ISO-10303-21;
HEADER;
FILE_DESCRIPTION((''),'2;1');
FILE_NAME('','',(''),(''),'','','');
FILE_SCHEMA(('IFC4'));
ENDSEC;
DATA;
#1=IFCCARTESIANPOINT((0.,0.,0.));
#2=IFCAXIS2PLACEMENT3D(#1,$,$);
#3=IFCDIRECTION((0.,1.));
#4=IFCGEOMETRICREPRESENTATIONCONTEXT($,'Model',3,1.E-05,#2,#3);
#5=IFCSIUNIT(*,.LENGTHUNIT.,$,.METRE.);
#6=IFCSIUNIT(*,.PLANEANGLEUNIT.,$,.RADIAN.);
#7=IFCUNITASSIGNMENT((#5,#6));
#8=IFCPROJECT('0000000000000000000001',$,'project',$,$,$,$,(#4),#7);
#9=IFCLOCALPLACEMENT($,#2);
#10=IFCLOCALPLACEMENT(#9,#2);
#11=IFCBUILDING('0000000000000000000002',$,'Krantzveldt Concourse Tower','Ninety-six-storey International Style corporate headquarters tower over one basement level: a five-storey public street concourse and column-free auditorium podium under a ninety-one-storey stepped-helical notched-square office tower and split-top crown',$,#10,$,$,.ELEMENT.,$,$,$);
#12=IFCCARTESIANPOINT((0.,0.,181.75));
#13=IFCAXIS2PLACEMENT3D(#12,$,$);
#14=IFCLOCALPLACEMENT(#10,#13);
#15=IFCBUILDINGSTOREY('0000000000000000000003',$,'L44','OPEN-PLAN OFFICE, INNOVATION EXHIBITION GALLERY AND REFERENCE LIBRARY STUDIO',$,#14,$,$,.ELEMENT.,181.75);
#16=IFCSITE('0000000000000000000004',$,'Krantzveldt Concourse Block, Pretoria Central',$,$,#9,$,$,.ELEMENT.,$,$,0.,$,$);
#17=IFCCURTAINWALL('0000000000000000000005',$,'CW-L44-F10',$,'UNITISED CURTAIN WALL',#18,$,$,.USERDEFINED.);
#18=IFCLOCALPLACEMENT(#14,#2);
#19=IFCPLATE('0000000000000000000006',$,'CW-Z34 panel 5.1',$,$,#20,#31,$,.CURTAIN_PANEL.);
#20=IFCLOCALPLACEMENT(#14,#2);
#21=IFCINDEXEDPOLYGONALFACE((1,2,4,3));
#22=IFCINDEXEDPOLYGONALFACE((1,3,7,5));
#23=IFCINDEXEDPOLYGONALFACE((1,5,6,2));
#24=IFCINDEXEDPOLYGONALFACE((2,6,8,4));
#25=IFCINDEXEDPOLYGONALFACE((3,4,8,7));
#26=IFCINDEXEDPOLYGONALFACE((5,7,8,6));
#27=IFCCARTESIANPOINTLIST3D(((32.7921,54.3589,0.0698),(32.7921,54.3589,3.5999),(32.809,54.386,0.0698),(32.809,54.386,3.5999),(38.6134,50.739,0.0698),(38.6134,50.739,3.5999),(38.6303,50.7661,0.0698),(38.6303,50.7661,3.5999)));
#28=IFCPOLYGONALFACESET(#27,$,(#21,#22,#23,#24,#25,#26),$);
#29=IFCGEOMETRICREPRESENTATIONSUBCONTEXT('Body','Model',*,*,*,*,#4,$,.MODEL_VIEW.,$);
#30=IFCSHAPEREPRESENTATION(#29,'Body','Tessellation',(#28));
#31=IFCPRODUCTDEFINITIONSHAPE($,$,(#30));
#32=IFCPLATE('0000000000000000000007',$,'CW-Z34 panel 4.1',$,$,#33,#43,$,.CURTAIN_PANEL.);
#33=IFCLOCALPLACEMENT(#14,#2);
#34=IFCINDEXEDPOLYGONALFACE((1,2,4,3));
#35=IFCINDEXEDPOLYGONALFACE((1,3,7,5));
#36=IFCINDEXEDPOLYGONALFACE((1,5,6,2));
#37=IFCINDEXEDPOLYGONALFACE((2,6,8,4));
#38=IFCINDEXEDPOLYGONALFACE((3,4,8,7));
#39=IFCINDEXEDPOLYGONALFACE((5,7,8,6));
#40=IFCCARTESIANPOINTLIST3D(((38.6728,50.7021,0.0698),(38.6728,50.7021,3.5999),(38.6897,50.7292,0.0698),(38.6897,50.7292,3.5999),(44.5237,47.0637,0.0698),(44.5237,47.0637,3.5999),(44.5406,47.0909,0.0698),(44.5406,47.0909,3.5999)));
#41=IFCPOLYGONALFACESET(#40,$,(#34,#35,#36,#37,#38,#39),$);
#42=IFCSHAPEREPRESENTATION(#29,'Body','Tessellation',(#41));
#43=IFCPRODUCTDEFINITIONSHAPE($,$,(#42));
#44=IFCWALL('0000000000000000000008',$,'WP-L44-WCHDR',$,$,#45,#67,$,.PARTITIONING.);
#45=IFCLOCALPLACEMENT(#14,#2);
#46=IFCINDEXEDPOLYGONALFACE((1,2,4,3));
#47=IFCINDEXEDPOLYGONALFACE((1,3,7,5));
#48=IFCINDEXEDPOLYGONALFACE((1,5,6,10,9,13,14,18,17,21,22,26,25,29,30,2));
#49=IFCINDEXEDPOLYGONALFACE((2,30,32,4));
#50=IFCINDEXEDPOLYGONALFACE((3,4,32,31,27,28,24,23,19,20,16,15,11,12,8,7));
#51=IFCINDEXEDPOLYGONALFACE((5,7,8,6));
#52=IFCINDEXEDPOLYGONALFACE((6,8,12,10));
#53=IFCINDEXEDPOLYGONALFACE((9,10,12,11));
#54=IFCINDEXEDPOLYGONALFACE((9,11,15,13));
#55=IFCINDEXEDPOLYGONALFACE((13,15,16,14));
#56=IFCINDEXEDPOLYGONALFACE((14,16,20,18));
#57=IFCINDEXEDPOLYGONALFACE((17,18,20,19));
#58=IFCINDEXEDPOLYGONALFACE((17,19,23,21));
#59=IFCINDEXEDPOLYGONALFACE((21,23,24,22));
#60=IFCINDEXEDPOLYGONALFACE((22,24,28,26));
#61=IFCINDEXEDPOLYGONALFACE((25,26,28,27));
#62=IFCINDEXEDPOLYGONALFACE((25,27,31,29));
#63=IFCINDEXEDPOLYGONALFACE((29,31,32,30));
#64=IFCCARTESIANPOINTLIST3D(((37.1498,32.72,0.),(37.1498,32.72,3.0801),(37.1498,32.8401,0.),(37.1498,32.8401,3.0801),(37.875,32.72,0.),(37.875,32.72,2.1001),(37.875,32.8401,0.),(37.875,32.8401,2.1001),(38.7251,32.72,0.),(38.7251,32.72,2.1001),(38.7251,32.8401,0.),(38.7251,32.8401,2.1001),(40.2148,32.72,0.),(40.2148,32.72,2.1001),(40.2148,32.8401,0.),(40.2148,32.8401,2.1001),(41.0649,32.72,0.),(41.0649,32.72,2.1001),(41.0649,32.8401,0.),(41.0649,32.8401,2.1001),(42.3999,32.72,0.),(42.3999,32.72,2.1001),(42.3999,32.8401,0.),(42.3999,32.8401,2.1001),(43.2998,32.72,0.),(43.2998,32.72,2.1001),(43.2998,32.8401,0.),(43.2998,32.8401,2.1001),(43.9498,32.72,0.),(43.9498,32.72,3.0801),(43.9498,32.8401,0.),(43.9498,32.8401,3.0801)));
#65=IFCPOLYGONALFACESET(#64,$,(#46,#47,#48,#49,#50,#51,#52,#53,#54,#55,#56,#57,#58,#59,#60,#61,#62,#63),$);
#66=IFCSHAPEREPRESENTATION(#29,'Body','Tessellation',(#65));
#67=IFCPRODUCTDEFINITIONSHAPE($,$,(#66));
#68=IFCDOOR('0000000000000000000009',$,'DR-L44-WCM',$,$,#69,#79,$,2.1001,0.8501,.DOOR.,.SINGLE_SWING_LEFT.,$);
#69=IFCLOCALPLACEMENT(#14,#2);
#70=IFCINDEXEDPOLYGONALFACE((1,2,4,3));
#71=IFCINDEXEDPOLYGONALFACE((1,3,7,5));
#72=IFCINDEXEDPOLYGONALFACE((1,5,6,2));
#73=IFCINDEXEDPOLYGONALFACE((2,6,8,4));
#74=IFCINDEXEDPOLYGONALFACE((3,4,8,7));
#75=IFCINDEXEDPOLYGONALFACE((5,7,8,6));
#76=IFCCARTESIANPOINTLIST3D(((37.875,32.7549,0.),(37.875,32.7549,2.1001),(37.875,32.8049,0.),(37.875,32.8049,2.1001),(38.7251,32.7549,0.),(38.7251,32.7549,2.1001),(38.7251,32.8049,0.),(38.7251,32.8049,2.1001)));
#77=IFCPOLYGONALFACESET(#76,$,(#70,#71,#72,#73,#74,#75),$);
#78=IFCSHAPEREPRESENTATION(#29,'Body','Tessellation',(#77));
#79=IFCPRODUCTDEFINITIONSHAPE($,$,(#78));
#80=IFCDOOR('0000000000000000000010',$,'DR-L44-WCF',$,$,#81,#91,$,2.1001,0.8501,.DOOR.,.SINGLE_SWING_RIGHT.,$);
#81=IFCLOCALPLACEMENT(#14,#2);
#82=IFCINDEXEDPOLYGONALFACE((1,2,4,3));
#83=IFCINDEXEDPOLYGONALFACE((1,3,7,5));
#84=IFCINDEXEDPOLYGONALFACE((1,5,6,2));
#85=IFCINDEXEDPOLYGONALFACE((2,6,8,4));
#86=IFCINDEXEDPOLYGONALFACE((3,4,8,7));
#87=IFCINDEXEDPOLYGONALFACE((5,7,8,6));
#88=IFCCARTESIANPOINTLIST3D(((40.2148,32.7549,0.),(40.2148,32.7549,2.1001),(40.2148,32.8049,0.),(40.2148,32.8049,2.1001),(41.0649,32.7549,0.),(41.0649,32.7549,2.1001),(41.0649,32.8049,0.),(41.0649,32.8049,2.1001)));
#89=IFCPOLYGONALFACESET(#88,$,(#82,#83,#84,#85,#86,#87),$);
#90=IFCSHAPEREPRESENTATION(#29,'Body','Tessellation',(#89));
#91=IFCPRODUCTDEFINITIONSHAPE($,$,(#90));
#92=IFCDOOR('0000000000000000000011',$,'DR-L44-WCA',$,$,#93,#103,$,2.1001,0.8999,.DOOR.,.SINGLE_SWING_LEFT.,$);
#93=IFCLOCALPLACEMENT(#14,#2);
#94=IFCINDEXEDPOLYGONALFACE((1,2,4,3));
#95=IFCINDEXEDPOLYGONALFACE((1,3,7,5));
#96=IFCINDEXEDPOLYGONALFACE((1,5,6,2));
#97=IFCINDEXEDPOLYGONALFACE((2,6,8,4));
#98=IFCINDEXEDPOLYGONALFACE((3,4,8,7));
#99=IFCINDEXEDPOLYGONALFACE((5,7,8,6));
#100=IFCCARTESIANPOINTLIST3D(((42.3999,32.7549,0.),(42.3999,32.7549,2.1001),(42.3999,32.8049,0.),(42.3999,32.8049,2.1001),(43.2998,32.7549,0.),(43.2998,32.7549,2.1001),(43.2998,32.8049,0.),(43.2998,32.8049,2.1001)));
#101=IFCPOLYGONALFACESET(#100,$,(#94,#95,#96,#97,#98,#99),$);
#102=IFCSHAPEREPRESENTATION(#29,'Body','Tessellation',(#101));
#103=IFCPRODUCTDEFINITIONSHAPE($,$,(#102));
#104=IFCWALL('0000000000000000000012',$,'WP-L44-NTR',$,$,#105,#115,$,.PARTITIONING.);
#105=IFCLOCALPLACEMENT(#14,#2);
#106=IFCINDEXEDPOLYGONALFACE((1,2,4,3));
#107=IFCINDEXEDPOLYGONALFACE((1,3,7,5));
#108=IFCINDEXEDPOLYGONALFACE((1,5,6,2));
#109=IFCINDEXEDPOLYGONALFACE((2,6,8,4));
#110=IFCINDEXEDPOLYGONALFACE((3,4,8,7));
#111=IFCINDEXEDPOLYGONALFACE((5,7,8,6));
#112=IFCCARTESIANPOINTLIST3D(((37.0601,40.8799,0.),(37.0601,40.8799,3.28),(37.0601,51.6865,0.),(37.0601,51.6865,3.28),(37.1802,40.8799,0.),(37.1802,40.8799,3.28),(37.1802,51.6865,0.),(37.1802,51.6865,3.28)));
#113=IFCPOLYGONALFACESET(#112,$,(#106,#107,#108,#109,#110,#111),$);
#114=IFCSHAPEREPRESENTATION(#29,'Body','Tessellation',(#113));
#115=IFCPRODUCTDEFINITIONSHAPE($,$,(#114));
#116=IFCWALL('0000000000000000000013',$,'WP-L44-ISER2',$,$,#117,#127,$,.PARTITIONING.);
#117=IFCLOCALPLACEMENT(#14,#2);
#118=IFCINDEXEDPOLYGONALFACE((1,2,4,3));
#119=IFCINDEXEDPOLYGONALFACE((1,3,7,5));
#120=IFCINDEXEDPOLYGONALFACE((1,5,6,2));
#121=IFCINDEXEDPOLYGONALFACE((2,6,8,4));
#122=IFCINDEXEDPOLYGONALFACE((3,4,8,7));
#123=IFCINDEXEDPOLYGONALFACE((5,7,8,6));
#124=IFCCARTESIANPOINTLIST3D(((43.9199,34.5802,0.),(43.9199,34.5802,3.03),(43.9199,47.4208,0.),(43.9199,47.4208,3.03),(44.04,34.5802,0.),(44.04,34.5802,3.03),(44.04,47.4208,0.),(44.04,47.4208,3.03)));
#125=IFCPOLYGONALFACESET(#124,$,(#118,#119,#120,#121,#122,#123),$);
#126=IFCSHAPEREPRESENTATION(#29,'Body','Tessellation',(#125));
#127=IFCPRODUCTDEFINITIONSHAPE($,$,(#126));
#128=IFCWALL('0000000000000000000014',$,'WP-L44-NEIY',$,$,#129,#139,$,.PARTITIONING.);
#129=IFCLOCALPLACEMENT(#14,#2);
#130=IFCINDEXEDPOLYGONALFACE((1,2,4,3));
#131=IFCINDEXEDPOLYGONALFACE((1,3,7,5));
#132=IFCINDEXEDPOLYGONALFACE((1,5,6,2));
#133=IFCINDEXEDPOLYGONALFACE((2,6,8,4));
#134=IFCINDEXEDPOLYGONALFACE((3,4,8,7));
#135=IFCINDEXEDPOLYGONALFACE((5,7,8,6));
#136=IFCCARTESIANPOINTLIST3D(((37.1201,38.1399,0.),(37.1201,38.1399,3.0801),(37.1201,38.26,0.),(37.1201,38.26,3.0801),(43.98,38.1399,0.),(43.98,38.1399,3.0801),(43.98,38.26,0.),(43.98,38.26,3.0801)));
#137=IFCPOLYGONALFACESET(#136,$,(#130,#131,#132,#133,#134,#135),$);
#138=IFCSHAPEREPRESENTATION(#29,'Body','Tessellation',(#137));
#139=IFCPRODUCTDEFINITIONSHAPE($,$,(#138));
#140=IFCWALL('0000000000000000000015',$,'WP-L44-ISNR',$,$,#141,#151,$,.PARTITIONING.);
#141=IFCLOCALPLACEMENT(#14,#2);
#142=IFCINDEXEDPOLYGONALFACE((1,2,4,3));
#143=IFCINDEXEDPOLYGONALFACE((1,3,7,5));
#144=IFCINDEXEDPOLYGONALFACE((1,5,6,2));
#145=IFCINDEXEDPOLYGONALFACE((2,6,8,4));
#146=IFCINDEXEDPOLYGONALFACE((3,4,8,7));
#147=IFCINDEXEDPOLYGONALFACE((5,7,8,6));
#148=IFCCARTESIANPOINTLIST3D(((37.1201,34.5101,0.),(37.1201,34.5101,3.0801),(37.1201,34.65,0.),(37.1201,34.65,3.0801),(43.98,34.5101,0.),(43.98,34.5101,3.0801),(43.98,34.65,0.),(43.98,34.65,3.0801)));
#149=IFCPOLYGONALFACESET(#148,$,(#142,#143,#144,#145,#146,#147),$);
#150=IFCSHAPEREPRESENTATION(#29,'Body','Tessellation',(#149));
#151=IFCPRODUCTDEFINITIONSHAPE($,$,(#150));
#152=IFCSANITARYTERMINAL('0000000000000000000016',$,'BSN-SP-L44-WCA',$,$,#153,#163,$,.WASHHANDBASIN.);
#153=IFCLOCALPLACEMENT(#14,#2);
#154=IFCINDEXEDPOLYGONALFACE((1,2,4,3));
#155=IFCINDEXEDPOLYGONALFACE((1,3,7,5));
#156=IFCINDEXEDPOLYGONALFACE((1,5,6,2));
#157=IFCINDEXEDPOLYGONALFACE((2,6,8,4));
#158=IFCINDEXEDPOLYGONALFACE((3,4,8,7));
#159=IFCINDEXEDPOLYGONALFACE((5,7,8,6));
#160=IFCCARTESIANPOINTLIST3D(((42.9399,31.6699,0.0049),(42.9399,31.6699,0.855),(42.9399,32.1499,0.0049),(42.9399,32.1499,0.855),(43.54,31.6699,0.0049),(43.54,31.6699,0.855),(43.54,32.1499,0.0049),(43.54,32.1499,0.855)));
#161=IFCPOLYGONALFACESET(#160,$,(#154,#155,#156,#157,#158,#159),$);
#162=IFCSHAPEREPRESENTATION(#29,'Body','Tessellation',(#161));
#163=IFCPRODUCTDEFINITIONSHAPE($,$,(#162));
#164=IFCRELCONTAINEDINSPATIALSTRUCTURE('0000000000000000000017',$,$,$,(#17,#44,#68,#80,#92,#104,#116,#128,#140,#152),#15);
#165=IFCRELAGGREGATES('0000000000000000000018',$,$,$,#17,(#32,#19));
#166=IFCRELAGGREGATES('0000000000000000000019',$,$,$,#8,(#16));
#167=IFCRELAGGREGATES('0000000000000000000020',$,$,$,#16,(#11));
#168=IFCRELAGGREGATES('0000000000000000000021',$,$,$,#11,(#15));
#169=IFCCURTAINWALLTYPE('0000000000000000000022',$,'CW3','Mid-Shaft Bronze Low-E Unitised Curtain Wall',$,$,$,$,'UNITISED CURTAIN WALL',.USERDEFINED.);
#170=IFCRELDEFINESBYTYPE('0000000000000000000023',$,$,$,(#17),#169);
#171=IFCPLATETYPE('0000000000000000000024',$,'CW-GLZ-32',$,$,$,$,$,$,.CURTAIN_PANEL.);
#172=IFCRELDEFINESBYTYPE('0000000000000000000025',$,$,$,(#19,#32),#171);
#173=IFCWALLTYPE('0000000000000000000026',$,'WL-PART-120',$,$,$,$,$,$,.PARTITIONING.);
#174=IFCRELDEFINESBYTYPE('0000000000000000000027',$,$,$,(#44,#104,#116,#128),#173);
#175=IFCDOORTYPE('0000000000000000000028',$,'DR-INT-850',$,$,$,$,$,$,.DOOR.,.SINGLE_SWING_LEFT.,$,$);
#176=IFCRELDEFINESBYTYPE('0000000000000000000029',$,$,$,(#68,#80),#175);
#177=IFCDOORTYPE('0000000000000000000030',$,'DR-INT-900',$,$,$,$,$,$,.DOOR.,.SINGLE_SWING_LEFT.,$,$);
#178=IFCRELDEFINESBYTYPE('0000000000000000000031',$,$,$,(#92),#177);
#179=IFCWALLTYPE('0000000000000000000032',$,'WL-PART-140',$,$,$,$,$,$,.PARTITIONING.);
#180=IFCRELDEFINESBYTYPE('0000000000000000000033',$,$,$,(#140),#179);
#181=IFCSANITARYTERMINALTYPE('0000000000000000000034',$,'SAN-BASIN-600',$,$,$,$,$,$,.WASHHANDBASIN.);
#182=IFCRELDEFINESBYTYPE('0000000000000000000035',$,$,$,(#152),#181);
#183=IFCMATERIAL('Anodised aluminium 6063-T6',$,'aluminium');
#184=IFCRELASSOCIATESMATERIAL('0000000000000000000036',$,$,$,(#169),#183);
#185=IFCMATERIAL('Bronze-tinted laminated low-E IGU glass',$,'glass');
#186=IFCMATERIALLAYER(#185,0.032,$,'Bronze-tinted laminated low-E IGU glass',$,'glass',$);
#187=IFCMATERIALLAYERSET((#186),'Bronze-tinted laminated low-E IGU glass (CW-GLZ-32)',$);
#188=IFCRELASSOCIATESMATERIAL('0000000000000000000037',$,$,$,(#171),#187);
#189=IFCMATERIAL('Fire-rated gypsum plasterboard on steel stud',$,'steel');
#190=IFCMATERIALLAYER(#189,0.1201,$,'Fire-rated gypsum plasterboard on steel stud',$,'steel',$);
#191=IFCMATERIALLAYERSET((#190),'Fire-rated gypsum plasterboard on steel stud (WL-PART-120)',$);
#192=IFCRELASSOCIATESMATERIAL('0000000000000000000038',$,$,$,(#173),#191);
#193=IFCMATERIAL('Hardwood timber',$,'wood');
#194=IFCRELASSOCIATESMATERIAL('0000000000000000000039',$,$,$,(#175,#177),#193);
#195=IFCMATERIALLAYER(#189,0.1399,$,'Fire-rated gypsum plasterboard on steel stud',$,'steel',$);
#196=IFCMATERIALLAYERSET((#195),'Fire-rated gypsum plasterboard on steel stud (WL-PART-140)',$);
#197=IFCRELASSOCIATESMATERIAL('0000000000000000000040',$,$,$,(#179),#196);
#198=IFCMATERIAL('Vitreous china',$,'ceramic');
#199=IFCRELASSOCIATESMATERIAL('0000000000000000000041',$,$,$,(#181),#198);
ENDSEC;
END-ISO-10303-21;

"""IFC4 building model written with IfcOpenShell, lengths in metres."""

from ifc_helpers import new_model, si_unit, direction, frame, frame_2d, origin, origin_2d, place, context, subcontext, project, spatial, rectangle, extrude, source, transform, mapped, material, layer, layer_set, type_object, type_shapes, element, fill, aggregate, save


model = new_model("IFC4")

# Units and contexts
model_context = context("Model", 3, precision=1e-05, world=origin(), true_north=direction((0.0, 1.0)))
body_context = subcontext(model_context, "Body", "Model", "MODEL_VIEW")
ifc_project = project(units=[si_unit("LENGTHUNIT", "METRE"), si_unit("PLANEANGLEUNIT", "RADIAN")], contexts=[model_context])

# Site, building, storey
site_placement = place(None, origin())
site = spatial("IfcSite", under=ifc_project, at=site_placement, Name="Krantzveldt Concourse Block, Pretoria Central", CompositionType="ELEMENT", RefElevation=0.0)
building_placement = place(site_placement, origin())
building = spatial("IfcBuilding", under=site, at=building_placement, Name="Krantzveldt Concourse Tower", Description="Ninety-six-storey International Style corporate headquarters tower over one basement level: a five-storey public street concourse and column-free auditorium podium under a ninety-one-storey stepped-helical notched-square office tower and split-top crown", CompositionType="ELEMENT")
storey_placement = place(building_placement, frame((0.0, 0.0, 181.75)))
storey = spatial("IfcBuildingStorey", under=building, at=storey_placement, Name="L44", Description="OPEN-PLAN OFFICE, INNOVATION EXHIBITION GALLERY AND REFERENCE LIBRARY STUDIO", CompositionType="ELEMENT", Elevation=181.75)

# Curtain wall, plates
ifc_material_1 = material(Name="Anodised aluminium 6063-T6", Category="aluminium")
curtain_wall_type = type_object("IfcCurtainWallType", Name="CW3", Description="Mid-Shaft Bronze Low-E Unitised Curtain Wall", ElementType="UNITISED CURTAIN WALL", PredefinedType="USERDEFINED", material=ifc_material_1)
curtain_wall_placement = place(storey_placement, origin())
curtain_wall = element("IfcCurtainWall", 1, at=curtain_wall_placement, inside=storey, type_object=curtain_wall_type, Name="CW-L44-F10", ObjectType="UNITISED CURTAIN WALL", PredefinedType="USERDEFINED")
ifc_material_2 = material(Name="Bronze-tinted laminated low-E IGU glass", Category="glass")
ifc_layer_1 = layer(ifc_material_2, 0.032, Name="Bronze-tinted laminated low-E IGU glass", Category="glass")
ifc_layer_set_1 = layer_set([ifc_layer_1], Name="Bronze-tinted laminated low-E IGU glass (CW-GLZ-32)")
plate_type = type_object("IfcPlateType", Name="CW-GLZ-32", PredefinedType="CURTAIN_PANEL", material=ifc_layer_set_1)
shared_shape_1 = source(origin(), body_context, "Body", "SweptSolid", [
    extrude(rectangle(XDim=6.855, YDim=0.032, at=origin_2d()), origin(), (0.0, 0.0, 1.0), 3.53),
])
plate_1_placement = place(storey_placement, frame((35.7112, 52.5625, 0.0698), z_axis=(0.0, 0.0, 1.0), x_axis=(-0.849202, 0.528068, 0.0)))
plate_1 = element("IfcPlate", 2, at=plate_1_placement, type_object=plate_type, Name="CW-Z34 panel 5.1", PredefinedType="CURTAIN_PANEL", context=body_context, shape_type="MappedRepresentation", body=[
    mapped(shared_shape_1, transform((0.0, 0.0, 0.0), x_axis=(1.0, 0.0, 0.0), y_axis=(0.0, 1.0, 0.0), z_axis=(0.0, 0.0, 1.0), scale=1.0)),
])
shared_shape_2 = source(origin(), body_context, "Body", "SweptSolid", [
    extrude(rectangle(XDim=6.8899, YDim=0.032, at=origin_2d()), origin(), (0.0, 0.0, 1.0), 3.53),
])
type_shapes(plate_type, [shared_shape_1, shared_shape_2])
plate_2_placement = place(storey_placement, frame((41.6067, 48.8965, 0.0698), z_axis=(0.0, 0.0, 1.0), x_axis=(-0.849202, 0.528068, 0.0)))
plate_2 = element("IfcPlate", 3, at=plate_2_placement, type_object=plate_type, Name="CW-Z34 panel 4.1", PredefinedType="CURTAIN_PANEL", context=body_context, shape_type="MappedRepresentation", body=[
    mapped(shared_shape_2, transform((0.0, 0.0, 0.0), x_axis=(1.0, 0.0, 0.0), y_axis=(0.0, 1.0, 0.0), z_axis=(0.0, 0.0, 1.0), scale=1.0)),
])
aggregate(curtain_wall, [plate_2, plate_1])

# Wall, openings, doors
ifc_material_3 = material(Name="Fire-rated gypsum plasterboard on steel stud", Category="steel")
ifc_layer_2 = layer(ifc_material_3, 0.1201, Name="Fire-rated gypsum plasterboard on steel stud", Category="steel")
ifc_layer_set_2 = layer_set([ifc_layer_2], Name="Fire-rated gypsum plasterboard on steel stud (WL-PART-120)")
wall_type_1 = type_object("IfcWallType", Name="WL-PART-120", PredefinedType="PARTITIONING", material=ifc_layer_set_2)
wall_1_placement = place(storey_placement, frame((37.1499, 32.78, 0.0), z_axis=(0.0, 0.0, 1.0), x_axis=(1.0, 0.0, 0.0)))
wall_1 = element("IfcWall", 4, at=wall_1_placement, inside=storey, type_object=wall_type_1, Name="WP-L44-WCHDR", PredefinedType="PARTITIONING", context=body_context, shape_type="SweptSolid", body=[
    extrude(rectangle(XDim=6.8, YDim=0.1201, at=frame_2d((3.3999, 0.0))), origin(), (0.0, 0.0, 1.0), 3.0801),
])
opening_1_placement = place(wall_1_placement, frame((0.7251, 0.0, 0.0)))
opening_1 = element("IfcOpeningElement", 5, at=opening_1_placement, cuts=wall_1, PredefinedType="OPENING", context=body_context, shape_type="SweptSolid", body=[
    extrude(rectangle(XDim=0.8501, YDim=2.1001, at=frame_2d((0.425, 1.05))), frame((0.0, 0.0701, 0.0), z_axis=(0.0, -1.0, 0.0), x_axis=(1.0, 0.0, 0.0)), (0.0, 0.0, 1.0), 0.1401),
])
opening_2_placement = place(wall_1_placement, frame((3.0649, 0.0, 0.0)))
opening_2 = element("IfcOpeningElement", 6, at=opening_2_placement, cuts=wall_1, PredefinedType="OPENING", context=body_context, shape_type="SweptSolid", body=[
    extrude(rectangle(XDim=0.8501, YDim=2.1001, at=frame_2d((0.425, 1.05))), frame((0.0, 0.0701, 0.0), z_axis=(0.0, -1.0, 0.0), x_axis=(1.0, 0.0, 0.0)), (0.0, 0.0, 1.0), 0.1401),
])
opening_3_placement = place(wall_1_placement, frame((5.25, 0.0, 0.0)))
opening_3 = element("IfcOpeningElement", 7, at=opening_3_placement, cuts=wall_1, PredefinedType="OPENING", context=body_context, shape_type="SweptSolid", body=[
    extrude(rectangle(XDim=0.8999, YDim=2.1001, at=frame_2d((0.45, 1.05))), frame((0.0, 0.0701, 0.0), z_axis=(0.0, -1.0, 0.0), x_axis=(1.0, 0.0, 0.0)), (0.0, 0.0, 1.0), 0.1401),
])
ifc_material_4 = material(Name="Hardwood timber", Category="wood")
door_type_1 = type_object("IfcDoorType", Name="DR-INT-850", OperationType="SINGLE_SWING_LEFT", PredefinedType="DOOR", material=ifc_material_4)
door_1_placement = place(opening_1_placement, origin())
door_1 = element("IfcDoor", 8, at=door_1_placement, inside=storey, type_object=door_type_1, Name="DR-L44-WCM", OperationType="SINGLE_SWING_LEFT", OverallHeight=2.1001, OverallWidth=0.8501, PredefinedType="DOOR", context=body_context, shape_type="SweptSolid", body=[
    extrude(rectangle(XDim=0.8501, YDim=2.1001, at=frame_2d((0.425, 1.05))), frame((0.0, 0.0249, 0.0), z_axis=(0.0, -1.0, 0.0), x_axis=(1.0, 0.0, 0.0)), (0.0, 0.0, 1.0), 0.05),
])
fill(opening_1, door_1)
door_2_placement = place(opening_2_placement, origin())
door_2 = element("IfcDoor", 9, at=door_2_placement, inside=storey, type_object=door_type_1, Name="DR-L44-WCF", OperationType="SINGLE_SWING_RIGHT", OverallHeight=2.1001, OverallWidth=0.8501, PredefinedType="DOOR", context=body_context, shape_type="SweptSolid", body=[
    extrude(rectangle(XDim=0.8501, YDim=2.1001, at=frame_2d((0.425, 1.05))), frame((0.0, 0.0249, 0.0), z_axis=(0.0, -1.0, 0.0), x_axis=(1.0, 0.0, 0.0)), (0.0, 0.0, 1.0), 0.05),
])
fill(opening_2, door_2)
door_type_2 = type_object("IfcDoorType", Name="DR-INT-900", OperationType="SINGLE_SWING_LEFT", PredefinedType="DOOR", material=ifc_material_4)
door_3_placement = place(opening_3_placement, origin())
door_3 = element("IfcDoor", 10, at=door_3_placement, inside=storey, type_object=door_type_2, Name="DR-L44-WCA", OperationType="SINGLE_SWING_LEFT", OverallHeight=2.1001, OverallWidth=0.8999, PredefinedType="DOOR", context=body_context, shape_type="SweptSolid", body=[
    extrude(rectangle(XDim=0.8999, YDim=2.1001, at=frame_2d((0.45, 1.05))), frame((0.0, 0.0249, 0.0), z_axis=(0.0, -1.0, 0.0), x_axis=(1.0, 0.0, 0.0)), (0.0, 0.0, 1.0), 0.05),
])
fill(opening_3, door_3)

# Walls
wall_2_placement = place(storey_placement, frame((37.1201, 40.8799, 0.0), z_axis=(0.0, 0.0, 1.0), x_axis=(0.0, 1.0, 0.0)))
element("IfcWall", 11, at=wall_2_placement, inside=storey, type_object=wall_type_1, Name="WP-L44-NTR", PredefinedType="PARTITIONING", context=body_context, shape_type="SweptSolid", body=[
    extrude(rectangle(XDim=10.8066, YDim=0.1201, at=frame_2d((5.4033, 0.0))), origin(), (0.0, 0.0, 1.0), 3.28),
])
wall_3_placement = place(storey_placement, frame((43.98, 34.5801, 0.0), z_axis=(0.0, 0.0, 1.0), x_axis=(0.0, 1.0, 0.0)))
element("IfcWall", 12, at=wall_3_placement, inside=storey, type_object=wall_type_1, Name="WP-L44-ISER2", PredefinedType="PARTITIONING", context=body_context, shape_type="SweptSolid", body=[
    extrude(rectangle(XDim=12.8406, YDim=0.1201, at=frame_2d((6.4204, 0.0))), origin(), (0.0, 0.0, 1.0), 3.03),
])
wall_4_placement = place(storey_placement, frame((37.1201, 38.2, 0.0), z_axis=(0.0, 0.0, 1.0), x_axis=(1.0, 0.0, 0.0)))
element("IfcWall", 13, at=wall_4_placement, inside=storey, type_object=wall_type_1, Name="WP-L44-NEIY", PredefinedType="PARTITIONING", context=body_context, shape_type="SweptSolid", body=[
    extrude(rectangle(XDim=6.8599, YDim=0.1201, at=frame_2d((3.4299, 0.0))), origin(), (0.0, 0.0, 1.0), 3.0801),
])
ifc_layer_3 = layer(ifc_material_3, 0.1399, Name="Fire-rated gypsum plasterboard on steel stud", Category="steel")
ifc_layer_set_3 = layer_set([ifc_layer_3], Name="Fire-rated gypsum plasterboard on steel stud (WL-PART-140)")
wall_type_2 = type_object("IfcWallType", Name="WL-PART-140", PredefinedType="PARTITIONING", material=ifc_layer_set_3)
wall_5_placement = place(storey_placement, frame((37.1201, 34.5801, 0.0), z_axis=(0.0, 0.0, 1.0), x_axis=(1.0, 0.0, 0.0)))
element("IfcWall", 14, at=wall_5_placement, inside=storey, type_object=wall_type_2, Name="WP-L44-ISNR", PredefinedType="PARTITIONING", context=body_context, shape_type="SweptSolid", body=[
    extrude(rectangle(XDim=6.8599, YDim=0.1399, at=frame_2d((3.4299, 0.0))), origin(), (0.0, 0.0, 1.0), 3.0801),
])

# Sanitary terminal
ifc_material_5 = material(Name="Vitreous china", Category="ceramic")
sanitary_terminal_type = type_object("IfcSanitaryTerminalType", Name="SAN-BASIN-600", PredefinedType="WASHHANDBASIN", material=ifc_material_5)
shared_shape_3 = source(origin(), body_context, "Body", "SweptSolid", [
    extrude(rectangle(XDim=0.6001, YDim=0.48, at=origin_2d()), origin(), (0.0, 0.0, 1.0), 0.8501),
])
type_shapes(sanitary_terminal_type, [shared_shape_3])
sanitary_terminal_placement = place(storey_placement, frame((43.24, 31.9099, 0.0049), z_axis=(0.0, 0.0, 1.0), x_axis=(1.0, 0.0, 0.0)))
element("IfcSanitaryTerminal", 15, at=sanitary_terminal_placement, inside=storey, type_object=sanitary_terminal_type, Name="BSN-SP-L44-WCA", PredefinedType="WASHHANDBASIN", context=body_context, shape_type="MappedRepresentation", body=[
    mapped(shared_shape_3, transform((0.0, 0.0, 0.0), x_axis=(1.0, 0.0, 0.0), y_axis=(0.0, 1.0, 0.0), z_axis=(0.0, 0.0, 1.0), scale=1.0)),
])

save(model, "model.ifc")
